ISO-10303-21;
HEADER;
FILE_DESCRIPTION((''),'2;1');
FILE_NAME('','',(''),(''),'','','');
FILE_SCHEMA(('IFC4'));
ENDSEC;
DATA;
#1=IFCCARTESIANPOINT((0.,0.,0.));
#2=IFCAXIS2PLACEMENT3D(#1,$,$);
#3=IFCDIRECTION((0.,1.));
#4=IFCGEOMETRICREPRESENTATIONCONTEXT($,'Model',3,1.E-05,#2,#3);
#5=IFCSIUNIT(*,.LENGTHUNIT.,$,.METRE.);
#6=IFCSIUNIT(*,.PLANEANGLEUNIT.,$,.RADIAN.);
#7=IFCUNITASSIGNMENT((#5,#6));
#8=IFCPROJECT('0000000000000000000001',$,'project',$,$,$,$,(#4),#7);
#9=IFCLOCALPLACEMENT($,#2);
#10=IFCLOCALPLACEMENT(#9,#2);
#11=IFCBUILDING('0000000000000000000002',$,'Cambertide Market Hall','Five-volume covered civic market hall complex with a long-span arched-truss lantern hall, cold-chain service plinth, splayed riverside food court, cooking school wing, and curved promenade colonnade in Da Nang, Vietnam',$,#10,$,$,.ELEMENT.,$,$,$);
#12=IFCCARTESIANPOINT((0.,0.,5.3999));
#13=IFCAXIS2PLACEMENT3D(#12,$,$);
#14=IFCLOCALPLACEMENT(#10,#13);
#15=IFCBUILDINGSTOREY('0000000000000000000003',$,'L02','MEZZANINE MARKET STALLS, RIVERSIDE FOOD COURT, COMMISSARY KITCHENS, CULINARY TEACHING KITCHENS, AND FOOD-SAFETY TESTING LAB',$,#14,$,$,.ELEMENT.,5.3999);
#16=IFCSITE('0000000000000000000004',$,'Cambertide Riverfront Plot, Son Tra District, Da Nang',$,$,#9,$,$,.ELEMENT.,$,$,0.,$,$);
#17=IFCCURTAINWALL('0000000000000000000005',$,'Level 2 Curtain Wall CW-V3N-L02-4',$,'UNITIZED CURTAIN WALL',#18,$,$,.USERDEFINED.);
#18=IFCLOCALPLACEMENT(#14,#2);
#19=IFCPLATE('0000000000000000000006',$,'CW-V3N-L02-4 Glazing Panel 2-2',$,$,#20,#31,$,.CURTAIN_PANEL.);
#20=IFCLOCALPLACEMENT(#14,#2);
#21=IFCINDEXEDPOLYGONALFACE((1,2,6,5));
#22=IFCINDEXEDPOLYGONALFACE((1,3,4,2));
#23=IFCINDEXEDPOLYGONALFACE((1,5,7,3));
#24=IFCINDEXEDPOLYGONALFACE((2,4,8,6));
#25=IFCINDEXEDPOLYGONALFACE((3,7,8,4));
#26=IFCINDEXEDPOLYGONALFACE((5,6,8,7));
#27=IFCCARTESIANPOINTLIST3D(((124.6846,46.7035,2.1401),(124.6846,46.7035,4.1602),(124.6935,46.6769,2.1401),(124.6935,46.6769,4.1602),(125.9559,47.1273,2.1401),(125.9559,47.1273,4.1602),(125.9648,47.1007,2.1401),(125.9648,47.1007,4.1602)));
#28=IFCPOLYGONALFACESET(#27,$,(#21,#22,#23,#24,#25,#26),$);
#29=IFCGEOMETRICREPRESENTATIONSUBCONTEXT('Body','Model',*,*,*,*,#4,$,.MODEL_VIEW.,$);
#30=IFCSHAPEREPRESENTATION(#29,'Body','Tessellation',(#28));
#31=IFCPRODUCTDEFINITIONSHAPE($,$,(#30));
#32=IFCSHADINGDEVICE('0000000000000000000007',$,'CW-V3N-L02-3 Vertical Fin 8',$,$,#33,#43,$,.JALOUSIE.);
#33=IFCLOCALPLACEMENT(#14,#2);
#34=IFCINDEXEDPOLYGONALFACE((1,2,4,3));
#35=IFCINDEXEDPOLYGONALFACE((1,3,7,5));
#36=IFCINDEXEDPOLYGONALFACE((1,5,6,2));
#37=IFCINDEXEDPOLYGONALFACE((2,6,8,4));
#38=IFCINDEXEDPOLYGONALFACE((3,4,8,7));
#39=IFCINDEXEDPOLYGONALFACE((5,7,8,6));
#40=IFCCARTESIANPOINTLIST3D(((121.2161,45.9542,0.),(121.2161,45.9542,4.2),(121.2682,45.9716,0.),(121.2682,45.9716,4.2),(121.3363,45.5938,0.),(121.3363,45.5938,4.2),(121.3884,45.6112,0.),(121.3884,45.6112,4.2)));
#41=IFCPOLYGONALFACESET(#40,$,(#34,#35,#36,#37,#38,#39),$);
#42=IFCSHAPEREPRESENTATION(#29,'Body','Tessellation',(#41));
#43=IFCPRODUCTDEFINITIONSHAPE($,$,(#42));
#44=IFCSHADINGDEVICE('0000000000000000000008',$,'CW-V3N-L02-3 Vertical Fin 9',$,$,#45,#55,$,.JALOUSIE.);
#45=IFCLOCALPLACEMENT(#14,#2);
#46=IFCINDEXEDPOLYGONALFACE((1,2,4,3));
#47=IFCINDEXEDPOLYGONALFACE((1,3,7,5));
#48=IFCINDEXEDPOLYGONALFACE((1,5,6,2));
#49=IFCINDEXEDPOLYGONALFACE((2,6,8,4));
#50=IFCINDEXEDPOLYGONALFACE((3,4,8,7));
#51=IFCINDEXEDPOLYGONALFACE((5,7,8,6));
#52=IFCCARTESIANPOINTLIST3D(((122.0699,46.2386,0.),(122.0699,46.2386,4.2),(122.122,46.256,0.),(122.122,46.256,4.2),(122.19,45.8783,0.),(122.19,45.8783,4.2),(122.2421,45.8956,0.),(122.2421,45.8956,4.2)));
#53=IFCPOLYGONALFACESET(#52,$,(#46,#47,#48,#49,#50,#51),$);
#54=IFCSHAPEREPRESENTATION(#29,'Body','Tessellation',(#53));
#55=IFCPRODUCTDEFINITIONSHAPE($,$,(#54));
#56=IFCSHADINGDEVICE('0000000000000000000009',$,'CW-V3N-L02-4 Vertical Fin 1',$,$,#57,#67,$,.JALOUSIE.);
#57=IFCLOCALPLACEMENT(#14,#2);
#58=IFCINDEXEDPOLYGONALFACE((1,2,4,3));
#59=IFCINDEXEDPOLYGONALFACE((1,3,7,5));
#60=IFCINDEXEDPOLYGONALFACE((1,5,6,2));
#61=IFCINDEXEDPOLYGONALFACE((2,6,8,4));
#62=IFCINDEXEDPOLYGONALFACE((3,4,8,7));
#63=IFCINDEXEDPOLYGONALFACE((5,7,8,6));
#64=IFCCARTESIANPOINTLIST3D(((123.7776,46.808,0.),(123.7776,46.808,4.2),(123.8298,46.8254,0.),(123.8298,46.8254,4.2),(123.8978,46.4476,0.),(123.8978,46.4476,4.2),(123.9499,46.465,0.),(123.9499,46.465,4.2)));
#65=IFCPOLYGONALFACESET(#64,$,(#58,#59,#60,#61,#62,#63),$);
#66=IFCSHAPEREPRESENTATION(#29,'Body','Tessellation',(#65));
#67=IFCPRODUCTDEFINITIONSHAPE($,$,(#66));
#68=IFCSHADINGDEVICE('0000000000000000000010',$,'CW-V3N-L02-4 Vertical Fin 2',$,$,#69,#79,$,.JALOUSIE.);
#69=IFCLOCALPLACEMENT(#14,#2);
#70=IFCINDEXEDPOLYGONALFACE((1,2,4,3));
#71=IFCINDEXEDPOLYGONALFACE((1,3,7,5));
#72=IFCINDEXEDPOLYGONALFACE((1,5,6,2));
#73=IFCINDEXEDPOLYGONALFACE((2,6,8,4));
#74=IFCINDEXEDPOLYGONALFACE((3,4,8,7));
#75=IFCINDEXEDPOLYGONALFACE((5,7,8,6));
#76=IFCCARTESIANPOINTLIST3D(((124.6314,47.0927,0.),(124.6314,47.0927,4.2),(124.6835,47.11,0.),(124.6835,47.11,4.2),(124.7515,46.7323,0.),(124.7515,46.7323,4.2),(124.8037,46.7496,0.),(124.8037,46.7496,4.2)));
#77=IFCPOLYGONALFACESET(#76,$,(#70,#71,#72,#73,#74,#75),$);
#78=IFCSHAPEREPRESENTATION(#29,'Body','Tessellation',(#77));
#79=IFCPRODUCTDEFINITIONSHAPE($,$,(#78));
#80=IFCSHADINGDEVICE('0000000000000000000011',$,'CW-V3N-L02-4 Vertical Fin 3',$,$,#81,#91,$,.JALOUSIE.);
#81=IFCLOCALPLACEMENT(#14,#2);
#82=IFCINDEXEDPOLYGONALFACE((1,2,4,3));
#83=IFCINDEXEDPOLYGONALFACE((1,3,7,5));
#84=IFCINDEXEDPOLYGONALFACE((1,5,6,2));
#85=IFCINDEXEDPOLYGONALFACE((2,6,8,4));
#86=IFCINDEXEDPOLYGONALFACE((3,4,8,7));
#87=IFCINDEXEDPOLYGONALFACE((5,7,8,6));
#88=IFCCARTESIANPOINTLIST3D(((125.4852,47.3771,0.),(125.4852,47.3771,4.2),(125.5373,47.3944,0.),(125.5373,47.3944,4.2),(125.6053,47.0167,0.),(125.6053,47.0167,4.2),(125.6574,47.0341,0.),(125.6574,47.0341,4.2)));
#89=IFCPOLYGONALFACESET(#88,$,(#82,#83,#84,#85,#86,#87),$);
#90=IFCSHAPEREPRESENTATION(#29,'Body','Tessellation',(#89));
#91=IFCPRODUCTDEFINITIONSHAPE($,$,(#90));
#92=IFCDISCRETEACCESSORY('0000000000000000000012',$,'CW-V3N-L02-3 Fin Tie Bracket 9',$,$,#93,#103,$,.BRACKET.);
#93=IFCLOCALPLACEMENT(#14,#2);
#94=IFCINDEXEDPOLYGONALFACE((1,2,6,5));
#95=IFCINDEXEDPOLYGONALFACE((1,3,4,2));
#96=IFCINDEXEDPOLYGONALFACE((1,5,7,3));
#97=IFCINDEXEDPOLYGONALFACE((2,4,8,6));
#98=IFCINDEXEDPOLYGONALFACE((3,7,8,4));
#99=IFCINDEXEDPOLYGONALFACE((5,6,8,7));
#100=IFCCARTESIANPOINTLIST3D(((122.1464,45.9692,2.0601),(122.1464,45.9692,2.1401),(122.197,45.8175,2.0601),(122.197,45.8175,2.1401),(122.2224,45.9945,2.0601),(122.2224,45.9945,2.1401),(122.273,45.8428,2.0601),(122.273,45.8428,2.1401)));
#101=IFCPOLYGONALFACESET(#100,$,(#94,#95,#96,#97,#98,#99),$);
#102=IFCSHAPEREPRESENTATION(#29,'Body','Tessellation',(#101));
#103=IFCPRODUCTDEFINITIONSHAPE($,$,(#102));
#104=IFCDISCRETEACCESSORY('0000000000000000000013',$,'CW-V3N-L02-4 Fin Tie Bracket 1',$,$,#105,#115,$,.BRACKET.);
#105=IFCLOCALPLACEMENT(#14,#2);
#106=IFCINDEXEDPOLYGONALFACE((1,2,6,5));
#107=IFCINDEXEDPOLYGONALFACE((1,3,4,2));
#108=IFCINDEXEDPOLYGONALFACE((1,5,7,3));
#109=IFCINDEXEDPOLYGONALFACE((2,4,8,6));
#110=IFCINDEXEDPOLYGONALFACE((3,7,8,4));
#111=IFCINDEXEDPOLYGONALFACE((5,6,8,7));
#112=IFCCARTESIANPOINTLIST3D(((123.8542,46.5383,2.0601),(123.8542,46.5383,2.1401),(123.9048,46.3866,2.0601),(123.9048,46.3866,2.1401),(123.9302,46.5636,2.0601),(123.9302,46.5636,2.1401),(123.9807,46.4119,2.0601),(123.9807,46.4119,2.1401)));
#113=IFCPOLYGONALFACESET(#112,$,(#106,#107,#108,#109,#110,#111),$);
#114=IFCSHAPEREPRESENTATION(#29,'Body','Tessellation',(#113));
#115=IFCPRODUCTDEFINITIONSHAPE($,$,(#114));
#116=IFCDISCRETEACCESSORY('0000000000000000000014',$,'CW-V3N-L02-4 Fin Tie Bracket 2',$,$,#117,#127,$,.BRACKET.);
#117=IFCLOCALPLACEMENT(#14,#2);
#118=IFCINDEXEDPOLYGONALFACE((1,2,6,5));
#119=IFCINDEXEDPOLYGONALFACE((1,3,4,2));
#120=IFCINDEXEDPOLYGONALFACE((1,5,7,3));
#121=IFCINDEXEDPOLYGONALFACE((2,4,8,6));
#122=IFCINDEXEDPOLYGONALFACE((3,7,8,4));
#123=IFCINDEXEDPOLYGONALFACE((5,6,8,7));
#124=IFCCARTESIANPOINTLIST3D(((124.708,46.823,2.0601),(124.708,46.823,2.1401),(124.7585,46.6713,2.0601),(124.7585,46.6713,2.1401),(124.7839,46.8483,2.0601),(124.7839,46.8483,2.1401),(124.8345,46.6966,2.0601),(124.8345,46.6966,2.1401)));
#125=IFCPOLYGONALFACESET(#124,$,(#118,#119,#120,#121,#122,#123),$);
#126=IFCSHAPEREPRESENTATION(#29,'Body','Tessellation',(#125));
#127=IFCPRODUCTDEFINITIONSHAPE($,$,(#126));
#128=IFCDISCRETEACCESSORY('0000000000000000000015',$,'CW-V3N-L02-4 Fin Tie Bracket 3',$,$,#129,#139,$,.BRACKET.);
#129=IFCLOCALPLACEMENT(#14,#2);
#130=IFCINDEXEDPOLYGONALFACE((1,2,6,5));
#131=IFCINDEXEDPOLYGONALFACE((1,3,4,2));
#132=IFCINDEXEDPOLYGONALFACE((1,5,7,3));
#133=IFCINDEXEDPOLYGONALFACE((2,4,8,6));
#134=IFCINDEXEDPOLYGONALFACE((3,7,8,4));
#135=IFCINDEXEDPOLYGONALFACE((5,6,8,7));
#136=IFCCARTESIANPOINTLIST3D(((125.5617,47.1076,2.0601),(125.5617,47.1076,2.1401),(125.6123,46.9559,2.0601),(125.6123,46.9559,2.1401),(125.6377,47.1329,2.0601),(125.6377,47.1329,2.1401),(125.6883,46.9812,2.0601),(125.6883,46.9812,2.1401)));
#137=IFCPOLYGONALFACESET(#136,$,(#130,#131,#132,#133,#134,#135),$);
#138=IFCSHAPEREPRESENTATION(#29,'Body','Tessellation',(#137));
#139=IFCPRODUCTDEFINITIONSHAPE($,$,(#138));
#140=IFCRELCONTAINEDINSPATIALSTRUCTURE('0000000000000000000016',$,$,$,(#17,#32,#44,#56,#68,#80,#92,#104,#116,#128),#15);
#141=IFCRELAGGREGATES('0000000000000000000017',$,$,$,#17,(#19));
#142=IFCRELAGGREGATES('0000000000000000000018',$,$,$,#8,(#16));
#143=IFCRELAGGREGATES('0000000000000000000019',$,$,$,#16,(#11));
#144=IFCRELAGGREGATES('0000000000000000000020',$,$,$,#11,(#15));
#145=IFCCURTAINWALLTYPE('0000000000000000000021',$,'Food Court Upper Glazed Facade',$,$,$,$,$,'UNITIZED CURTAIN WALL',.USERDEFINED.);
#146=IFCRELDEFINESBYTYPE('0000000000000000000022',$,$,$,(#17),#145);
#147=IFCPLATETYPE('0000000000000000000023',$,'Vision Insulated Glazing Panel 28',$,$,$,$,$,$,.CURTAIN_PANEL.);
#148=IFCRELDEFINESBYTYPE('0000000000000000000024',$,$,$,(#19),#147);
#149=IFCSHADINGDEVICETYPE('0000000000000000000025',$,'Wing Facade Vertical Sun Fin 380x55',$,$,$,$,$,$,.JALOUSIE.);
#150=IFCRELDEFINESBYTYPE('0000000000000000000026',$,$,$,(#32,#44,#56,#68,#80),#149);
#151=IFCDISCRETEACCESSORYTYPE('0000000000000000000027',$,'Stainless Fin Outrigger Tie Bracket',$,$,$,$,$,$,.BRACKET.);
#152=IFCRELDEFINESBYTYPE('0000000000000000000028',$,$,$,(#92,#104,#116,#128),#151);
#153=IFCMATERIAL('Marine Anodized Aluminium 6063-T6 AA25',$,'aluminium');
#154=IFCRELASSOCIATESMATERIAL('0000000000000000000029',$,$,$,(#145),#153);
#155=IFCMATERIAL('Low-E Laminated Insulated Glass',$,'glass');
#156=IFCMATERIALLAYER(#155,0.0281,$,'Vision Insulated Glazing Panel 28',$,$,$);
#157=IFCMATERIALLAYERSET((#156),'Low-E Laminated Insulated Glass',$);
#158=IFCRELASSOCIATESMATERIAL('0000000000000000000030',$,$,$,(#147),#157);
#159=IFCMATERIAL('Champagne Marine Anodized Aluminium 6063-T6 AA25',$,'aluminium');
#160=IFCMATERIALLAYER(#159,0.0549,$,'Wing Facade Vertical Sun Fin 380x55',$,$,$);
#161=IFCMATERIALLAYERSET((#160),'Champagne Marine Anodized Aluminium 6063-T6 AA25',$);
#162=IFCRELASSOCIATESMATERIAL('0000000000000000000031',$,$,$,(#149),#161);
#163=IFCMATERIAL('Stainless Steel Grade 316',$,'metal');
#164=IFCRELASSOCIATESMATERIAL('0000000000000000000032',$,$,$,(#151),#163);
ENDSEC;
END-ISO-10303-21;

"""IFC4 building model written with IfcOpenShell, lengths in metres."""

from ifc_helpers import new_model, si_unit, direction, frame, origin, origin_2d, place, context, subcontext, project, spatial, rectangle, extrude, material, layer, layer_set, type_object, element, aggregate, save


model = new_model("IFC4")

# Units and contexts
model_context = context("Model", 3, precision=1e-05, world=origin(), true_north=direction((0.0, 1.0)))
body_context = subcontext(model_context, "Body", "Model", "MODEL_VIEW")
ifc_project = project(units=[si_unit("LENGTHUNIT", "METRE"), si_unit("PLANEANGLEUNIT", "RADIAN")], contexts=[model_context])

# Site, building, storey
site_placement = place(None, origin())
site = spatial("IfcSite", under=ifc_project, at=site_placement, Name="Cambertide Riverfront Plot, Son Tra District, Da Nang", CompositionType="ELEMENT", RefElevation=0.0)
building_placement = place(site_placement, origin())
building = spatial("IfcBuilding", under=site, at=building_placement, Name="Cambertide Market Hall", Description="Five-volume covered civic market hall complex with a long-span arched-truss lantern hall, cold-chain service plinth, splayed riverside food court, cooking school wing, and curved promenade colonnade in Da Nang, Vietnam", CompositionType="ELEMENT")
storey_placement = place(building_placement, frame((0.0, 0.0, 5.3999)))
storey = spatial("IfcBuildingStorey", under=building, at=storey_placement, Name="L02", Description="MEZZANINE MARKET STALLS, RIVERSIDE FOOD COURT, COMMISSARY KITCHENS, CULINARY TEACHING KITCHENS, AND FOOD-SAFETY TESTING LAB", CompositionType="ELEMENT", Elevation=5.3999)

# Shared definitions
ifc_material_1 = material(Name="Marine Anodized Aluminium 6063-T6 AA25", Category="aluminium")
curtain_wall_type = type_object("IfcCurtainWallType", Name="Food Court Upper Glazed Facade", ElementType="UNITIZED CURTAIN WALL", PredefinedType="USERDEFINED", material=ifc_material_1)

# Curtain wall
curtain_wall_1_placement = place(storey_placement, origin())
curtain_wall_1 = element("IfcCurtainWall", 1, at=curtain_wall_1_placement, inside=storey, type_object=curtain_wall_type, Name="Level 2 Curtain Wall CW-V3N-L02-4", ObjectType="UNITIZED CURTAIN WALL", PredefinedType="USERDEFINED")

# Plate
ifc_material_2 = material(Name="Low-E Laminated Insulated Glass", Category="glass")
ifc_layer_1 = layer(ifc_material_2, 0.0281, Name="Vision Insulated Glazing Panel 28")
ifc_layer_set_1 = layer_set([ifc_layer_1], Name="Low-E Laminated Insulated Glass")
plate_type = type_object("IfcPlateType", Name="Vision Insulated Glazing Panel 28", PredefinedType="CURTAIN_PANEL", material=ifc_layer_set_1)
plate_1_placement = place(storey_placement, frame((125.3247, 46.9021, 2.1401), z_axis=(0.0, 0.0, 1.0), x_axis=(0.948683, 0.316228, 0.0)))
plate_1 = element("IfcPlate", 2, at=plate_1_placement, type_object=plate_type, Name="CW-V3N-L02-4 Glazing Panel 2-2", PredefinedType="CURTAIN_PANEL", context=body_context, shape_type="SweptSolid", body=[
    extrude(rectangle(XDim=1.3401, YDim=0.0281, at=origin_2d()), origin(), (0.0, 0.0, 1.0), 2.02),
])
aggregate(curtain_wall_1, [plate_1])

# Shading devices
ifc_material_3 = material(Name="Champagne Marine Anodized Aluminium 6063-T6 AA25", Category="aluminium")
ifc_layer_2 = layer(ifc_material_3, 0.0549, Name="Wing Facade Vertical Sun Fin 380x55")
ifc_layer_set_2 = layer_set([ifc_layer_2], Name="Champagne Marine Anodized Aluminium 6063-T6 AA25")
shading_device_type = type_object("IfcShadingDeviceType", Name="Wing Facade Vertical Sun Fin 380x55", PredefinedType="JALOUSIE", material=ifc_layer_set_2)
for number, where, z_axis, x_axis, name in (
    (3, (121.3022, 45.7827, 0.0), (0.0, 0.0, 1.0), (0.948683, 0.316228, 0.0), "CW-V3N-L02-3 Vertical Fin 8"),
    (4, (122.156, 46.0671, 0.0), (0.0, 0.0, 1.0), (0.948683, 0.316228, 0.0), "CW-V3N-L02-3 Vertical Fin 9"),
    (5, (123.8638, 46.6365, 0.0), (0.0, 0.0, 1.0), (0.948683, 0.316228, 0.0), "CW-V3N-L02-4 Vertical Fin 1"),
    (6, (124.7175, 46.9211, 0.0), (0.0, 0.0, 1.0), (0.948683, 0.316228, 0.0), "CW-V3N-L02-4 Vertical Fin 2"),
    (7, (125.5713, 47.2056, 0.0), (0.0, 0.0, 1.0), (0.948683, 0.316228, 0.0), "CW-V3N-L02-4 Vertical Fin 3"),
):
    element("IfcShadingDevice", number, at=place(storey_placement, frame(where, z_axis=z_axis, x_axis=x_axis)), inside=storey, type_object=shading_device_type, Name=name, PredefinedType="JALOUSIE", context=body_context, shape_type="SweptSolid", body=[
        extrude(rectangle(XDim=0.0549, YDim=0.3799, at=origin_2d()), origin(), (0.0, 0.0, 1.0), 4.2),
    ])

# Discrete accessories
ifc_material_4 = material(Name="Stainless Steel Grade 316", Category="metal")
discrete_accessory_type = type_object("IfcDiscreteAccessoryType", Name="Stainless Fin Outrigger Tie Bracket", PredefinedType="BRACKET", material=ifc_material_4)
for number, where, z_axis, x_axis, name in (
    (8, (122.2097, 45.906, 2.0601), (0.0, 0.0, 1.0), (0.948683, 0.316228, 0.0), "CW-V3N-L02-3 Fin Tie Bracket 9"),
    (9, (123.9175, 46.4751, 2.0601), (0.0, 0.0, 1.0), (0.948683, 0.316228, 0.0), "CW-V3N-L02-4 Fin Tie Bracket 1"),
    (10, (124.7712, 46.7598, 2.0601), (0.0, 0.0, 1.0), (0.948683, 0.316228, 0.0), "CW-V3N-L02-4 Fin Tie Bracket 2"),
    (11, (125.625, 47.0444, 2.0601), (0.0, 0.0, 1.0), (0.948683, 0.316228, 0.0), "CW-V3N-L02-4 Fin Tie Bracket 3"),
):
    element("IfcDiscreteAccessory", number, at=place(storey_placement, frame(where, z_axis=z_axis, x_axis=x_axis)), inside=storey, type_object=discrete_accessory_type, Name=name, PredefinedType="BRACKET", context=body_context, shape_type="SweptSolid", body=[
        extrude(rectangle(XDim=0.0801, YDim=0.1599, at=origin_2d()), origin(), (0.0, 0.0, 1.0), 0.0801),
    ])

save(model, "model.ifc")
